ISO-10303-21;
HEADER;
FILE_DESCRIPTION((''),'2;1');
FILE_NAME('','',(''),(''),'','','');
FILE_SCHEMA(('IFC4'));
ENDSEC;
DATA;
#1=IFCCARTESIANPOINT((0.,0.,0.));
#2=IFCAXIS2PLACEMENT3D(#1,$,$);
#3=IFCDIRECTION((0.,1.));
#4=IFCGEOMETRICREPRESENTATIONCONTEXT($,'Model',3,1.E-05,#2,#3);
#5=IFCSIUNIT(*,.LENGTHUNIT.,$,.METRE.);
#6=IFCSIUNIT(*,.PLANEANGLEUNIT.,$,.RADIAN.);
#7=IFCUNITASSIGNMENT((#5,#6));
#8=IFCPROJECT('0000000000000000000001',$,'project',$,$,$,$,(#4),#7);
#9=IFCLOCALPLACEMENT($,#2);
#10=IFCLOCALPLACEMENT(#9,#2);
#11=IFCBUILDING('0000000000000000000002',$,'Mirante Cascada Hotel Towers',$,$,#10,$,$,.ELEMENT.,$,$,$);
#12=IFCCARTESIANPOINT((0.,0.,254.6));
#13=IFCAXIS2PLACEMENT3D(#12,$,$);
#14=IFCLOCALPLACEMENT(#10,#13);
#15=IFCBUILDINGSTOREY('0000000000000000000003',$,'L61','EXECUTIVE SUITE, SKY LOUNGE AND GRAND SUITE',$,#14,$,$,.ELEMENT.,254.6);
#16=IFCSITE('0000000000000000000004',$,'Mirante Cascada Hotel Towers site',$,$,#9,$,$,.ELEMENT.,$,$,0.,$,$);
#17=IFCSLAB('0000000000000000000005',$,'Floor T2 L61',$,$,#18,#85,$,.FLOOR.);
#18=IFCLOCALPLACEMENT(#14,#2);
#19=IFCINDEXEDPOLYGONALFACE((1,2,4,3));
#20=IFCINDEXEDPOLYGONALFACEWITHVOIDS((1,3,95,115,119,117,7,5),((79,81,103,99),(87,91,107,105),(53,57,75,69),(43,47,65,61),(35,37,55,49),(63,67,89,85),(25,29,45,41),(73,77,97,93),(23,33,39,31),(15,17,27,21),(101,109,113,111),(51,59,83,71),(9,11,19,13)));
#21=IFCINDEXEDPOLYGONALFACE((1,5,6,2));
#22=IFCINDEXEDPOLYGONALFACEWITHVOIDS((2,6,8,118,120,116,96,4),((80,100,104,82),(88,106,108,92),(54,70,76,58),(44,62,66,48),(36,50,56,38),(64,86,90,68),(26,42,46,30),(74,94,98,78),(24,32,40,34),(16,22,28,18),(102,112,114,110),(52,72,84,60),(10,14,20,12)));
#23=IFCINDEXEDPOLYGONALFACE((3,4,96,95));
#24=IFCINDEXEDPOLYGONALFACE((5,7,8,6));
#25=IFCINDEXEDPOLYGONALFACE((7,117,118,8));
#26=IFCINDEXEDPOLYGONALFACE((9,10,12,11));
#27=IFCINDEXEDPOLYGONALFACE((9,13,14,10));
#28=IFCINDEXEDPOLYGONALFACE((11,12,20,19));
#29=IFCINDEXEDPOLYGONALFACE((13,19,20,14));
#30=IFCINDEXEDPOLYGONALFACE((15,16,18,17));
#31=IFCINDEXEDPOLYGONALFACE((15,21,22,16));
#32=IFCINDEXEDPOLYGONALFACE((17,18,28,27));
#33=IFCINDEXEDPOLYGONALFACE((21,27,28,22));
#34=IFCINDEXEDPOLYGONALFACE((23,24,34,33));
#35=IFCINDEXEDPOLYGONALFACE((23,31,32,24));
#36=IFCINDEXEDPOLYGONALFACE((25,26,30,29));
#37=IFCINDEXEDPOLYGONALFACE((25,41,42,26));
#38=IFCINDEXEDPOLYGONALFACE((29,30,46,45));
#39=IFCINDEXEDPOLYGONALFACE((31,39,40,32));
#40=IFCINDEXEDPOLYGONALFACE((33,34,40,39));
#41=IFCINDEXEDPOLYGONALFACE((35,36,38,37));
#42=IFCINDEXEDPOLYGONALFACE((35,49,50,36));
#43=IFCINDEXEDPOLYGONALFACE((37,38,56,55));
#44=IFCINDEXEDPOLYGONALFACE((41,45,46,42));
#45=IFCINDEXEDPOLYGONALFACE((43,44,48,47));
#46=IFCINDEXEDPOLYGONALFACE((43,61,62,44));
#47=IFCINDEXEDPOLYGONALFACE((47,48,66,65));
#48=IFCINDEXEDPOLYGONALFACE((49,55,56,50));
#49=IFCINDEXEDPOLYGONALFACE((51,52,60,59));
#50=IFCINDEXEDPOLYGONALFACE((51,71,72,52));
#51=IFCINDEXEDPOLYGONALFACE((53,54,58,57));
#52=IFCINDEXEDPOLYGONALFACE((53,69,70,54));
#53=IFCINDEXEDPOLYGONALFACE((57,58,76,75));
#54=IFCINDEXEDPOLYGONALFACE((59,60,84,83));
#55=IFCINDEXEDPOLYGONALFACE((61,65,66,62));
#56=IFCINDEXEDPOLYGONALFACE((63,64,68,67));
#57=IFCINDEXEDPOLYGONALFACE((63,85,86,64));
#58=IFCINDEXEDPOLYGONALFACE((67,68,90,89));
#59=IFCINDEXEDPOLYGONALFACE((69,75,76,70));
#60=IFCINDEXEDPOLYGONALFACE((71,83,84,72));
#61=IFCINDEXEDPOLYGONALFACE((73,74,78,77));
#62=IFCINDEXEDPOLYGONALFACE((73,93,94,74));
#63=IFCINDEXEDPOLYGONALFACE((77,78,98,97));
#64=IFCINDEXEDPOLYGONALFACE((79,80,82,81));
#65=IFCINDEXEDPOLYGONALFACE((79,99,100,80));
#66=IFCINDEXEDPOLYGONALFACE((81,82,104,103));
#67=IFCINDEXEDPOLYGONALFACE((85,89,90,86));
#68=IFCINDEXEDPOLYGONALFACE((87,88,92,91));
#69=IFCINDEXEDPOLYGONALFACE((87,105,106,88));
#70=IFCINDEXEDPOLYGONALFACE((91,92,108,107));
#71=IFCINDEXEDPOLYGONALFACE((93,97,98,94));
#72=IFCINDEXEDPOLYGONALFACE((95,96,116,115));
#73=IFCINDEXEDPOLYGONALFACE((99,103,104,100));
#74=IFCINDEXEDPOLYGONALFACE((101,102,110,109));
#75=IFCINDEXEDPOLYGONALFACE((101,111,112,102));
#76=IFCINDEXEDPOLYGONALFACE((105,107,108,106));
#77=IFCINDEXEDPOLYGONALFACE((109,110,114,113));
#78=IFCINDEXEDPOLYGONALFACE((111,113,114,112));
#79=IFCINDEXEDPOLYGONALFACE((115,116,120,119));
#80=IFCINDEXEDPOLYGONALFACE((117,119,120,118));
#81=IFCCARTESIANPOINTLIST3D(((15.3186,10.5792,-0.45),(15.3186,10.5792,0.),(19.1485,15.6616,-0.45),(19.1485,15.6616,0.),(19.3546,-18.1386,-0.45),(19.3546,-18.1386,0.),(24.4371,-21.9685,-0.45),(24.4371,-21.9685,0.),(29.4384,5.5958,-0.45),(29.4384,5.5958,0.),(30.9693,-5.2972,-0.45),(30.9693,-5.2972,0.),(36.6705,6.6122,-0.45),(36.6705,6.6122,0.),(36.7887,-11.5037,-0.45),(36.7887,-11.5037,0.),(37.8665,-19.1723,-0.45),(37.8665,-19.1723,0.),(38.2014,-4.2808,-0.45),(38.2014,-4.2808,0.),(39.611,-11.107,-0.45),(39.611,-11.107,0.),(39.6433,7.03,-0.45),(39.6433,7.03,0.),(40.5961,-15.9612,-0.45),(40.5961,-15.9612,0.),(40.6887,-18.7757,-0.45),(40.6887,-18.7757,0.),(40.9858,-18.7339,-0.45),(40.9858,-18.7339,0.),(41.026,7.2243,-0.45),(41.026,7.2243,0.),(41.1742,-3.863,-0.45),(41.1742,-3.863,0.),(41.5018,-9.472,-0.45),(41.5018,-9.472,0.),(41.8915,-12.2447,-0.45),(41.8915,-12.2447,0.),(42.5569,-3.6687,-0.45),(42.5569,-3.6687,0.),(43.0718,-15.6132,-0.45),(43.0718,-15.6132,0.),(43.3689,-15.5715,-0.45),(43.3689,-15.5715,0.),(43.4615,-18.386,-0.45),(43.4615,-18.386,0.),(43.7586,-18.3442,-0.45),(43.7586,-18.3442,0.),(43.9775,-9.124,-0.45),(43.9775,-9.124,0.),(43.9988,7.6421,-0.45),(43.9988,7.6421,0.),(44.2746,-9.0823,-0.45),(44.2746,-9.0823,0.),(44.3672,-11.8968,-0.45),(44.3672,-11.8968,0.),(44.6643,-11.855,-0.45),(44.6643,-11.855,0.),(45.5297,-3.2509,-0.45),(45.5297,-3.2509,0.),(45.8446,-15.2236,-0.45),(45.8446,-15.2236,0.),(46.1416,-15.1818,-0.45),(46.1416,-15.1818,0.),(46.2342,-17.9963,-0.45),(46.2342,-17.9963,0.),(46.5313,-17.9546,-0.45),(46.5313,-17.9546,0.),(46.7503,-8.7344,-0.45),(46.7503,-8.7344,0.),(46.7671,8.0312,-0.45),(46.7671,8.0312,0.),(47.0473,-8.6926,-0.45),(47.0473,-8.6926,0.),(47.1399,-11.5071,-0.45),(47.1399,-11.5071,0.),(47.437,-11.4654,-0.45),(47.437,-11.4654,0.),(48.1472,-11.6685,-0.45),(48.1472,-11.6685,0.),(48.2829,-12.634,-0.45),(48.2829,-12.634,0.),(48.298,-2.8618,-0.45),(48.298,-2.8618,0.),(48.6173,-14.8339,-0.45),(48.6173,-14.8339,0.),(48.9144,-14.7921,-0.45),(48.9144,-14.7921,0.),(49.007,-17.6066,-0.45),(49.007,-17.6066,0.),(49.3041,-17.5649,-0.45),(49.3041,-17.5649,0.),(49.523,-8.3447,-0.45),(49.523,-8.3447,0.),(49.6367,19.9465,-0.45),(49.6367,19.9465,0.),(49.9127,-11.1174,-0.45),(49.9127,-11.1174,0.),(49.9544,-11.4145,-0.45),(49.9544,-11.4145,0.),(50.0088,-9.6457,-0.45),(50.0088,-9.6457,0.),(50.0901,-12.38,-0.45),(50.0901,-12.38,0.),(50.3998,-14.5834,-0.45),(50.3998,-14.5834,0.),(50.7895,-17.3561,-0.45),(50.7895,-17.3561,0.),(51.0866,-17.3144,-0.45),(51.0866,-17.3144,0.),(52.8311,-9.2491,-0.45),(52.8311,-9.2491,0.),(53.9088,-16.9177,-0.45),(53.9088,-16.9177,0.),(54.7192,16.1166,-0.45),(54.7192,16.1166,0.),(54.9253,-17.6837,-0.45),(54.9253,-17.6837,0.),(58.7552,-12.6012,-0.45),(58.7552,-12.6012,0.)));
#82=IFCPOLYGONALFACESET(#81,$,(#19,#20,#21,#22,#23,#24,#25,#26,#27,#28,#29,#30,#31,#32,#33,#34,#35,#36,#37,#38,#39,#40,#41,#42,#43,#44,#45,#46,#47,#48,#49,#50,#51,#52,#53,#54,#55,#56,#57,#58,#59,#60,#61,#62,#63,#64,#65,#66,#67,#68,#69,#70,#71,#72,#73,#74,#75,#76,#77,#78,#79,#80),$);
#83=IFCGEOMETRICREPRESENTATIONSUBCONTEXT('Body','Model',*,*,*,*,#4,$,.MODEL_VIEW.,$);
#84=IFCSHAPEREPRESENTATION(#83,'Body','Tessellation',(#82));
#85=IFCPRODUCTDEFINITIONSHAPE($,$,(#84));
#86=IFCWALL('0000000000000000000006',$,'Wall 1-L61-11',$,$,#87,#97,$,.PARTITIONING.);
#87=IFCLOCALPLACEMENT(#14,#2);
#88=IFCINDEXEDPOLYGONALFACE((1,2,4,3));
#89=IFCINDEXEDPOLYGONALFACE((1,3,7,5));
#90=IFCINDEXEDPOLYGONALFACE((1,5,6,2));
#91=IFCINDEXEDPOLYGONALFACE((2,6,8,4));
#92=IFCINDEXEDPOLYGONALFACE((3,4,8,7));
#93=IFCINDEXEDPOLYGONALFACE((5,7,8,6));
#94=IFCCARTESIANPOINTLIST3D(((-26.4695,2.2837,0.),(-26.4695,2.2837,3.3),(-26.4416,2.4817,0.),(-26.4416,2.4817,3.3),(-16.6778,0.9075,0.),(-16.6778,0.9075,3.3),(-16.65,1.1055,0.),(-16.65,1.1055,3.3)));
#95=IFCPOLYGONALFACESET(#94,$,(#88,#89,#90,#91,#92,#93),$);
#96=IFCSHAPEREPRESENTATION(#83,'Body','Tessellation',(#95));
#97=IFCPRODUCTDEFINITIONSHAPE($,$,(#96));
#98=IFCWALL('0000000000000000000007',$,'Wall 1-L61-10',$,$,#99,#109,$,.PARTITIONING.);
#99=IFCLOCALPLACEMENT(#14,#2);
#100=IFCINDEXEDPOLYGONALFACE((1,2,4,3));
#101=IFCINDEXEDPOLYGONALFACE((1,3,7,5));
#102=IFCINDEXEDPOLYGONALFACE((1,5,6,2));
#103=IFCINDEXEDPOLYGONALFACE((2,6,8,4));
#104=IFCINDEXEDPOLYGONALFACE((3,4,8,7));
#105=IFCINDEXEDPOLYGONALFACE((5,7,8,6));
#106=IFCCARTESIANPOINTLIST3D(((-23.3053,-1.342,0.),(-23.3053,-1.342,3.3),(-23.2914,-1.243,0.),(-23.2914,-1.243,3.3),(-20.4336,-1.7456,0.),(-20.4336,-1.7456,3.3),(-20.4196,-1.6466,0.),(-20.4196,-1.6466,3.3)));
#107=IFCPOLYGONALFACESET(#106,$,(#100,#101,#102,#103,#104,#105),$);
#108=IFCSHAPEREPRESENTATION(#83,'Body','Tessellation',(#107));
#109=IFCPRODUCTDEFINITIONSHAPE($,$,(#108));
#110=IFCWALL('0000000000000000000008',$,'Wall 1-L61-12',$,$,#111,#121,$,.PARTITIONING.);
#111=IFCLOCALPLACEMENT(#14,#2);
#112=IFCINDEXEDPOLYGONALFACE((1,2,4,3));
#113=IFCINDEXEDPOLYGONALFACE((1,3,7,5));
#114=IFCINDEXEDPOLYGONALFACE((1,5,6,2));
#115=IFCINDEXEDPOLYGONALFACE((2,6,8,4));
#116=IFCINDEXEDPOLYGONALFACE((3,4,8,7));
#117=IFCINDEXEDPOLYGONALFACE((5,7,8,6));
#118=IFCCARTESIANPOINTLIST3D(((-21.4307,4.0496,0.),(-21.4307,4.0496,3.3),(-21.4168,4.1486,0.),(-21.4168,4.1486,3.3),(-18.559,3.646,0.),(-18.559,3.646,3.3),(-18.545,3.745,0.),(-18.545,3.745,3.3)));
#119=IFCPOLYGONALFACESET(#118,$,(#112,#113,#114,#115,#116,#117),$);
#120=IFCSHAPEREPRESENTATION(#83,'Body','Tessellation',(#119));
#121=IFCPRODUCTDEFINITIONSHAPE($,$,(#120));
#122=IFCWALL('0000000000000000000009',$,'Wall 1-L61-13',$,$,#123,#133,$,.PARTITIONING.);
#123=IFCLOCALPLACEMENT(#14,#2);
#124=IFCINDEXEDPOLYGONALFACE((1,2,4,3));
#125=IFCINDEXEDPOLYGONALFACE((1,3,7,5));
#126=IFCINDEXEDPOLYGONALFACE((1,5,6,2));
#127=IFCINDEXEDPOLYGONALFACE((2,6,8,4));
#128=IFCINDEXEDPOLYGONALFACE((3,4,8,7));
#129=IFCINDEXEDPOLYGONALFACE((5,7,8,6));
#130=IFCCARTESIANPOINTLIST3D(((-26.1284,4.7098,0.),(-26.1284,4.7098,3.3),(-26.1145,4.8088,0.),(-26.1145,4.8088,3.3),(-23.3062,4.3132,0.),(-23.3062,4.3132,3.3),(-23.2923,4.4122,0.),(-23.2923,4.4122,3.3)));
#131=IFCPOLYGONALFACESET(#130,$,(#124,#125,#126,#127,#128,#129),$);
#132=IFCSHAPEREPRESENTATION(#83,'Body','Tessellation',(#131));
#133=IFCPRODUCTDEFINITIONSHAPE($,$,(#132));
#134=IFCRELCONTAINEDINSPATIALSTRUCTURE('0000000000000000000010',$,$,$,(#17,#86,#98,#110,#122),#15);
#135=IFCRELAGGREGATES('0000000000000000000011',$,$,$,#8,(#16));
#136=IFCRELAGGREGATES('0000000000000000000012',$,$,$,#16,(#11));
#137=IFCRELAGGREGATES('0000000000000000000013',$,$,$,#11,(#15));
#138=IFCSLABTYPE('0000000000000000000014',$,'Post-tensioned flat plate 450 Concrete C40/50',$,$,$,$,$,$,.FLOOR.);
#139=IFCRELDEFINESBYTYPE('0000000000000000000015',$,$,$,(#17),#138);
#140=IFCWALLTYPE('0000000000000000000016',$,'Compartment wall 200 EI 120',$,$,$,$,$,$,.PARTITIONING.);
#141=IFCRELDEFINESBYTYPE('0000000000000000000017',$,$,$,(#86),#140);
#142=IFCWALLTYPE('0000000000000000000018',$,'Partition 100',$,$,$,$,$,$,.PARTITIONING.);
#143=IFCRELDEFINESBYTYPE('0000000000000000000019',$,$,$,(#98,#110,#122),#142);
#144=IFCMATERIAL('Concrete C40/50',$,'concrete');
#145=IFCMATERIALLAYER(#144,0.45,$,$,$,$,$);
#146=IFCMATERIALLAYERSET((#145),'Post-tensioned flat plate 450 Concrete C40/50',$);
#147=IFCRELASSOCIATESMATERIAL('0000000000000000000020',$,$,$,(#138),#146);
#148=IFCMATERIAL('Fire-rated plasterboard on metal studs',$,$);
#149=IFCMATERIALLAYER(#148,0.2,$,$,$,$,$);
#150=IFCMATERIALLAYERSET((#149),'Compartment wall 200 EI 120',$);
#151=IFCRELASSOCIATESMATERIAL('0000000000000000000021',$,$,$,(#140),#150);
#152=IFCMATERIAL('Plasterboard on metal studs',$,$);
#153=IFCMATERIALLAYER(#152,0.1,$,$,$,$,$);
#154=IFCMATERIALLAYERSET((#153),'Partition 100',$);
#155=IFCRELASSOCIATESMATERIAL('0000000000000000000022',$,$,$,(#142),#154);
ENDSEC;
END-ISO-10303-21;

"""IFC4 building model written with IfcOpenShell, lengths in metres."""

from ifc_helpers import new_model, si_unit, direction, frame, frame_2d, origin, place, context, subcontext, project, spatial, polyline, rectangle, outline, extrude, material, layer, layer_set, type_object, element, save


model = new_model("IFC4")

# Units and contexts
model_context = context("Model", 3, precision=1e-05, world=origin(), true_north=direction((0.0, 1.0)))
body_context = subcontext(model_context, "Body", "Model", "MODEL_VIEW")
ifc_project = project(units=[si_unit("LENGTHUNIT", "METRE"), si_unit("PLANEANGLEUNIT", "RADIAN")], contexts=[model_context])

# Site, building, storey
site_placement = place(None, origin())
site = spatial("IfcSite", under=ifc_project, at=site_placement, Name="Mirante Cascada Hotel Towers site", CompositionType="ELEMENT", RefElevation=0.0)
building_placement = place(site_placement, origin())
building = spatial("IfcBuilding", under=site, at=building_placement, Name="Mirante Cascada Hotel Towers", CompositionType="ELEMENT")
storey_placement = place(building_placement, frame((0.0, 0.0, 254.6)))
storey = spatial("IfcBuildingStorey", under=building, at=storey_placement, Name="L61", Description="EXECUTIVE SUITE, SKY LOUNGE AND GRAND SUITE", CompositionType="ELEMENT", Elevation=254.6)

# Slab
ifc_material_1 = material(Name="Concrete C40/50", Category="concrete")
ifc_layer_1 = layer(ifc_material_1, 0.45)
ifc_layer_set_1 = layer_set([ifc_layer_1], Name="Post-tensioned flat plate 450 Concrete C40/50")
slab_type = type_object("IfcSlabType", Name="Post-tensioned flat plate 450 Concrete C40/50", PredefinedType="FLOOR", material=ifc_layer_set_1)
slab_1_placement = place(storey_placement, frame((0.0, 0.0, -0.45)))
element("IfcSlab", 1, at=slab_1_placement, inside=storey, type_object=slab_type, Name="Floor T2 L61", PredefinedType="FLOOR", context=body_context, shape_type="SweptSolid", body=[
    extrude(outline(polyline([(19.3546, -18.1386), (15.3186, 10.5792), (19.1485, 15.6616), (49.6367, 19.9465), (54.7192, 16.1166), (58.7552, -12.6012), (54.9253, -17.6837), (24.4371, -21.9685), (19.3546, -18.1386)]), holes=[polyline([(40.5961, -15.9612), (40.9858, -18.7339), (43.4615, -18.386), (43.0718, -15.6132), (40.5961, -15.9612)]), polyline([(43.3689, -15.5715), (43.7586, -18.3442), (46.2342, -17.9963), (45.8446, -15.2236), (43.3689, -15.5715)]), polyline([(40.6887, -18.7757), (39.611, -11.107), (36.7887, -11.5037), (37.8665, -19.1723), (40.6887, -18.7757)]), polyline([(43.9775, -9.124), (41.5018, -9.472), (41.8915, -12.2447), (44.3672, -11.8968), (43.9775, -9.124)]), polyline([(46.7503, -8.7344), (44.2746, -9.0823), (44.6643, -11.855), (47.1399, -11.5071), (46.7503, -8.7344)]), polyline([(30.9693, -5.2972), (29.4384, 5.5958), (36.6705, 6.6122), (38.2014, -4.2808), (30.9693, -5.2972)]), polyline([(41.1742, -3.863), (41.1742, -3.863), (39.6433, 7.03), (41.026, 7.2243), (42.5569, -3.6687), (42.5569, -3.6687), (41.1742, -3.863)]), polyline([(46.7671, 8.0312), (48.298, -2.8618), (45.5297, -3.2509), (45.5297, -3.2509), (43.9988, 7.6421), (46.7671, 8.0312)]), polyline([(48.6173, -14.8339), (46.1416, -15.1818), (46.5313, -17.9546), (49.007, -17.6066), (48.6173, -14.8339)]), polyline([(50.3998, -14.5834), (48.9144, -14.7921), (49.3041, -17.5649), (50.7895, -17.3561), (50.3998, -14.5834)]), polyline([(53.9088, -16.9177), (52.8311, -9.2491), (50.0088, -9.6457), (51.0866, -17.3144), (53.9088, -16.9177)]), polyline([(49.9544, -11.4145), (48.1472, -11.6685), (48.2829, -12.634), (50.0901, -12.38), (49.9544, -11.4145)]), polyline([(49.523, -8.3447), (47.0473, -8.6926), (47.437, -11.4654), (49.9127, -11.1174), (49.523, -8.3447)])]), origin(), (0.0, 0.0, 1.0), 0.45),
])

# Walls
ifc_material_2 = material(Name="Fire-rated plasterboard on metal studs")
ifc_layer_2 = layer(ifc_material_2, 0.2)
ifc_layer_set_2 = layer_set([ifc_layer_2], Name="Compartment wall 200 EI 120")
wall_type_1 = type_object("IfcWallType", Name="Compartment wall 200 EI 120", PredefinedType="PARTITIONING", material=ifc_layer_set_2)
wall_1_placement = place(storey_placement, frame((-26.4556, 2.3827, 0.0), z_axis=(0.0, 0.0, 1.0), x_axis=(0.990267, -0.13918, 0.0)))
element("IfcWall", 2, at=wall_1_placement, inside=storey, type_object=wall_type_1, Name="Wall 1-L61-11", PredefinedType="PARTITIONING", context=body_context, shape_type="SweptSolid", body=[
    extrude(rectangle(XDim=9.8879, YDim=0.2, at=frame_2d((4.944, 0.0))), origin(), (0.0, 0.0, 1.0), 3.3),
])
ifc_material_3 = material(Name="Plasterboard on metal studs")
ifc_layer_3 = layer(ifc_material_3, 0.1)
ifc_layer_set_3 = layer_set([ifc_layer_3], Name="Partition 100")
wall_type_2 = type_object("IfcWallType", Name="Partition 100", PredefinedType="PARTITIONING", material=ifc_layer_set_3)
for number, where, z_axis, x_axis, name in (
    (3, (-20.4266, -1.6961, 0.0), (0.0, 0.0, 1.0), (-0.990268, 0.139171, 0.0), "Wall 1-L61-10"),
    (4, (-18.552, 3.6955, 0.0), (0.0, 0.0, 1.0), (-0.990268, 0.139171, 0.0), "Wall 1-L61-12"),
):
    element("IfcWall", number, at=place(storey_placement, frame(where, z_axis=z_axis, x_axis=x_axis)), inside=storey, type_object=wall_type_2, Name=name, PredefinedType="PARTITIONING", context=body_context, shape_type="SweptSolid", body=[
        extrude(rectangle(XDim=2.9, YDim=0.1, at=frame_2d((1.45, 0.0))), origin(), (0.0, 0.0, 1.0), 3.3),
    ])
wall_2_placement = place(storey_placement, frame((-26.1215, 4.7593, 0.0), z_axis=(0.0, 0.0, 1.0), x_axis=(0.99027, -0.139161, 0.0)))
element("IfcWall", 5, at=wall_2_placement, inside=storey, type_object=wall_type_2, Name="Wall 1-L61-13", PredefinedType="PARTITIONING", context=body_context, shape_type="SweptSolid", body=[
    extrude(rectangle(XDim=2.8499, YDim=0.1, at=frame_2d((1.425, 0.0))), origin(), (0.0, 0.0, 1.0), 3.3),
])

save(model, "model.ifc")
